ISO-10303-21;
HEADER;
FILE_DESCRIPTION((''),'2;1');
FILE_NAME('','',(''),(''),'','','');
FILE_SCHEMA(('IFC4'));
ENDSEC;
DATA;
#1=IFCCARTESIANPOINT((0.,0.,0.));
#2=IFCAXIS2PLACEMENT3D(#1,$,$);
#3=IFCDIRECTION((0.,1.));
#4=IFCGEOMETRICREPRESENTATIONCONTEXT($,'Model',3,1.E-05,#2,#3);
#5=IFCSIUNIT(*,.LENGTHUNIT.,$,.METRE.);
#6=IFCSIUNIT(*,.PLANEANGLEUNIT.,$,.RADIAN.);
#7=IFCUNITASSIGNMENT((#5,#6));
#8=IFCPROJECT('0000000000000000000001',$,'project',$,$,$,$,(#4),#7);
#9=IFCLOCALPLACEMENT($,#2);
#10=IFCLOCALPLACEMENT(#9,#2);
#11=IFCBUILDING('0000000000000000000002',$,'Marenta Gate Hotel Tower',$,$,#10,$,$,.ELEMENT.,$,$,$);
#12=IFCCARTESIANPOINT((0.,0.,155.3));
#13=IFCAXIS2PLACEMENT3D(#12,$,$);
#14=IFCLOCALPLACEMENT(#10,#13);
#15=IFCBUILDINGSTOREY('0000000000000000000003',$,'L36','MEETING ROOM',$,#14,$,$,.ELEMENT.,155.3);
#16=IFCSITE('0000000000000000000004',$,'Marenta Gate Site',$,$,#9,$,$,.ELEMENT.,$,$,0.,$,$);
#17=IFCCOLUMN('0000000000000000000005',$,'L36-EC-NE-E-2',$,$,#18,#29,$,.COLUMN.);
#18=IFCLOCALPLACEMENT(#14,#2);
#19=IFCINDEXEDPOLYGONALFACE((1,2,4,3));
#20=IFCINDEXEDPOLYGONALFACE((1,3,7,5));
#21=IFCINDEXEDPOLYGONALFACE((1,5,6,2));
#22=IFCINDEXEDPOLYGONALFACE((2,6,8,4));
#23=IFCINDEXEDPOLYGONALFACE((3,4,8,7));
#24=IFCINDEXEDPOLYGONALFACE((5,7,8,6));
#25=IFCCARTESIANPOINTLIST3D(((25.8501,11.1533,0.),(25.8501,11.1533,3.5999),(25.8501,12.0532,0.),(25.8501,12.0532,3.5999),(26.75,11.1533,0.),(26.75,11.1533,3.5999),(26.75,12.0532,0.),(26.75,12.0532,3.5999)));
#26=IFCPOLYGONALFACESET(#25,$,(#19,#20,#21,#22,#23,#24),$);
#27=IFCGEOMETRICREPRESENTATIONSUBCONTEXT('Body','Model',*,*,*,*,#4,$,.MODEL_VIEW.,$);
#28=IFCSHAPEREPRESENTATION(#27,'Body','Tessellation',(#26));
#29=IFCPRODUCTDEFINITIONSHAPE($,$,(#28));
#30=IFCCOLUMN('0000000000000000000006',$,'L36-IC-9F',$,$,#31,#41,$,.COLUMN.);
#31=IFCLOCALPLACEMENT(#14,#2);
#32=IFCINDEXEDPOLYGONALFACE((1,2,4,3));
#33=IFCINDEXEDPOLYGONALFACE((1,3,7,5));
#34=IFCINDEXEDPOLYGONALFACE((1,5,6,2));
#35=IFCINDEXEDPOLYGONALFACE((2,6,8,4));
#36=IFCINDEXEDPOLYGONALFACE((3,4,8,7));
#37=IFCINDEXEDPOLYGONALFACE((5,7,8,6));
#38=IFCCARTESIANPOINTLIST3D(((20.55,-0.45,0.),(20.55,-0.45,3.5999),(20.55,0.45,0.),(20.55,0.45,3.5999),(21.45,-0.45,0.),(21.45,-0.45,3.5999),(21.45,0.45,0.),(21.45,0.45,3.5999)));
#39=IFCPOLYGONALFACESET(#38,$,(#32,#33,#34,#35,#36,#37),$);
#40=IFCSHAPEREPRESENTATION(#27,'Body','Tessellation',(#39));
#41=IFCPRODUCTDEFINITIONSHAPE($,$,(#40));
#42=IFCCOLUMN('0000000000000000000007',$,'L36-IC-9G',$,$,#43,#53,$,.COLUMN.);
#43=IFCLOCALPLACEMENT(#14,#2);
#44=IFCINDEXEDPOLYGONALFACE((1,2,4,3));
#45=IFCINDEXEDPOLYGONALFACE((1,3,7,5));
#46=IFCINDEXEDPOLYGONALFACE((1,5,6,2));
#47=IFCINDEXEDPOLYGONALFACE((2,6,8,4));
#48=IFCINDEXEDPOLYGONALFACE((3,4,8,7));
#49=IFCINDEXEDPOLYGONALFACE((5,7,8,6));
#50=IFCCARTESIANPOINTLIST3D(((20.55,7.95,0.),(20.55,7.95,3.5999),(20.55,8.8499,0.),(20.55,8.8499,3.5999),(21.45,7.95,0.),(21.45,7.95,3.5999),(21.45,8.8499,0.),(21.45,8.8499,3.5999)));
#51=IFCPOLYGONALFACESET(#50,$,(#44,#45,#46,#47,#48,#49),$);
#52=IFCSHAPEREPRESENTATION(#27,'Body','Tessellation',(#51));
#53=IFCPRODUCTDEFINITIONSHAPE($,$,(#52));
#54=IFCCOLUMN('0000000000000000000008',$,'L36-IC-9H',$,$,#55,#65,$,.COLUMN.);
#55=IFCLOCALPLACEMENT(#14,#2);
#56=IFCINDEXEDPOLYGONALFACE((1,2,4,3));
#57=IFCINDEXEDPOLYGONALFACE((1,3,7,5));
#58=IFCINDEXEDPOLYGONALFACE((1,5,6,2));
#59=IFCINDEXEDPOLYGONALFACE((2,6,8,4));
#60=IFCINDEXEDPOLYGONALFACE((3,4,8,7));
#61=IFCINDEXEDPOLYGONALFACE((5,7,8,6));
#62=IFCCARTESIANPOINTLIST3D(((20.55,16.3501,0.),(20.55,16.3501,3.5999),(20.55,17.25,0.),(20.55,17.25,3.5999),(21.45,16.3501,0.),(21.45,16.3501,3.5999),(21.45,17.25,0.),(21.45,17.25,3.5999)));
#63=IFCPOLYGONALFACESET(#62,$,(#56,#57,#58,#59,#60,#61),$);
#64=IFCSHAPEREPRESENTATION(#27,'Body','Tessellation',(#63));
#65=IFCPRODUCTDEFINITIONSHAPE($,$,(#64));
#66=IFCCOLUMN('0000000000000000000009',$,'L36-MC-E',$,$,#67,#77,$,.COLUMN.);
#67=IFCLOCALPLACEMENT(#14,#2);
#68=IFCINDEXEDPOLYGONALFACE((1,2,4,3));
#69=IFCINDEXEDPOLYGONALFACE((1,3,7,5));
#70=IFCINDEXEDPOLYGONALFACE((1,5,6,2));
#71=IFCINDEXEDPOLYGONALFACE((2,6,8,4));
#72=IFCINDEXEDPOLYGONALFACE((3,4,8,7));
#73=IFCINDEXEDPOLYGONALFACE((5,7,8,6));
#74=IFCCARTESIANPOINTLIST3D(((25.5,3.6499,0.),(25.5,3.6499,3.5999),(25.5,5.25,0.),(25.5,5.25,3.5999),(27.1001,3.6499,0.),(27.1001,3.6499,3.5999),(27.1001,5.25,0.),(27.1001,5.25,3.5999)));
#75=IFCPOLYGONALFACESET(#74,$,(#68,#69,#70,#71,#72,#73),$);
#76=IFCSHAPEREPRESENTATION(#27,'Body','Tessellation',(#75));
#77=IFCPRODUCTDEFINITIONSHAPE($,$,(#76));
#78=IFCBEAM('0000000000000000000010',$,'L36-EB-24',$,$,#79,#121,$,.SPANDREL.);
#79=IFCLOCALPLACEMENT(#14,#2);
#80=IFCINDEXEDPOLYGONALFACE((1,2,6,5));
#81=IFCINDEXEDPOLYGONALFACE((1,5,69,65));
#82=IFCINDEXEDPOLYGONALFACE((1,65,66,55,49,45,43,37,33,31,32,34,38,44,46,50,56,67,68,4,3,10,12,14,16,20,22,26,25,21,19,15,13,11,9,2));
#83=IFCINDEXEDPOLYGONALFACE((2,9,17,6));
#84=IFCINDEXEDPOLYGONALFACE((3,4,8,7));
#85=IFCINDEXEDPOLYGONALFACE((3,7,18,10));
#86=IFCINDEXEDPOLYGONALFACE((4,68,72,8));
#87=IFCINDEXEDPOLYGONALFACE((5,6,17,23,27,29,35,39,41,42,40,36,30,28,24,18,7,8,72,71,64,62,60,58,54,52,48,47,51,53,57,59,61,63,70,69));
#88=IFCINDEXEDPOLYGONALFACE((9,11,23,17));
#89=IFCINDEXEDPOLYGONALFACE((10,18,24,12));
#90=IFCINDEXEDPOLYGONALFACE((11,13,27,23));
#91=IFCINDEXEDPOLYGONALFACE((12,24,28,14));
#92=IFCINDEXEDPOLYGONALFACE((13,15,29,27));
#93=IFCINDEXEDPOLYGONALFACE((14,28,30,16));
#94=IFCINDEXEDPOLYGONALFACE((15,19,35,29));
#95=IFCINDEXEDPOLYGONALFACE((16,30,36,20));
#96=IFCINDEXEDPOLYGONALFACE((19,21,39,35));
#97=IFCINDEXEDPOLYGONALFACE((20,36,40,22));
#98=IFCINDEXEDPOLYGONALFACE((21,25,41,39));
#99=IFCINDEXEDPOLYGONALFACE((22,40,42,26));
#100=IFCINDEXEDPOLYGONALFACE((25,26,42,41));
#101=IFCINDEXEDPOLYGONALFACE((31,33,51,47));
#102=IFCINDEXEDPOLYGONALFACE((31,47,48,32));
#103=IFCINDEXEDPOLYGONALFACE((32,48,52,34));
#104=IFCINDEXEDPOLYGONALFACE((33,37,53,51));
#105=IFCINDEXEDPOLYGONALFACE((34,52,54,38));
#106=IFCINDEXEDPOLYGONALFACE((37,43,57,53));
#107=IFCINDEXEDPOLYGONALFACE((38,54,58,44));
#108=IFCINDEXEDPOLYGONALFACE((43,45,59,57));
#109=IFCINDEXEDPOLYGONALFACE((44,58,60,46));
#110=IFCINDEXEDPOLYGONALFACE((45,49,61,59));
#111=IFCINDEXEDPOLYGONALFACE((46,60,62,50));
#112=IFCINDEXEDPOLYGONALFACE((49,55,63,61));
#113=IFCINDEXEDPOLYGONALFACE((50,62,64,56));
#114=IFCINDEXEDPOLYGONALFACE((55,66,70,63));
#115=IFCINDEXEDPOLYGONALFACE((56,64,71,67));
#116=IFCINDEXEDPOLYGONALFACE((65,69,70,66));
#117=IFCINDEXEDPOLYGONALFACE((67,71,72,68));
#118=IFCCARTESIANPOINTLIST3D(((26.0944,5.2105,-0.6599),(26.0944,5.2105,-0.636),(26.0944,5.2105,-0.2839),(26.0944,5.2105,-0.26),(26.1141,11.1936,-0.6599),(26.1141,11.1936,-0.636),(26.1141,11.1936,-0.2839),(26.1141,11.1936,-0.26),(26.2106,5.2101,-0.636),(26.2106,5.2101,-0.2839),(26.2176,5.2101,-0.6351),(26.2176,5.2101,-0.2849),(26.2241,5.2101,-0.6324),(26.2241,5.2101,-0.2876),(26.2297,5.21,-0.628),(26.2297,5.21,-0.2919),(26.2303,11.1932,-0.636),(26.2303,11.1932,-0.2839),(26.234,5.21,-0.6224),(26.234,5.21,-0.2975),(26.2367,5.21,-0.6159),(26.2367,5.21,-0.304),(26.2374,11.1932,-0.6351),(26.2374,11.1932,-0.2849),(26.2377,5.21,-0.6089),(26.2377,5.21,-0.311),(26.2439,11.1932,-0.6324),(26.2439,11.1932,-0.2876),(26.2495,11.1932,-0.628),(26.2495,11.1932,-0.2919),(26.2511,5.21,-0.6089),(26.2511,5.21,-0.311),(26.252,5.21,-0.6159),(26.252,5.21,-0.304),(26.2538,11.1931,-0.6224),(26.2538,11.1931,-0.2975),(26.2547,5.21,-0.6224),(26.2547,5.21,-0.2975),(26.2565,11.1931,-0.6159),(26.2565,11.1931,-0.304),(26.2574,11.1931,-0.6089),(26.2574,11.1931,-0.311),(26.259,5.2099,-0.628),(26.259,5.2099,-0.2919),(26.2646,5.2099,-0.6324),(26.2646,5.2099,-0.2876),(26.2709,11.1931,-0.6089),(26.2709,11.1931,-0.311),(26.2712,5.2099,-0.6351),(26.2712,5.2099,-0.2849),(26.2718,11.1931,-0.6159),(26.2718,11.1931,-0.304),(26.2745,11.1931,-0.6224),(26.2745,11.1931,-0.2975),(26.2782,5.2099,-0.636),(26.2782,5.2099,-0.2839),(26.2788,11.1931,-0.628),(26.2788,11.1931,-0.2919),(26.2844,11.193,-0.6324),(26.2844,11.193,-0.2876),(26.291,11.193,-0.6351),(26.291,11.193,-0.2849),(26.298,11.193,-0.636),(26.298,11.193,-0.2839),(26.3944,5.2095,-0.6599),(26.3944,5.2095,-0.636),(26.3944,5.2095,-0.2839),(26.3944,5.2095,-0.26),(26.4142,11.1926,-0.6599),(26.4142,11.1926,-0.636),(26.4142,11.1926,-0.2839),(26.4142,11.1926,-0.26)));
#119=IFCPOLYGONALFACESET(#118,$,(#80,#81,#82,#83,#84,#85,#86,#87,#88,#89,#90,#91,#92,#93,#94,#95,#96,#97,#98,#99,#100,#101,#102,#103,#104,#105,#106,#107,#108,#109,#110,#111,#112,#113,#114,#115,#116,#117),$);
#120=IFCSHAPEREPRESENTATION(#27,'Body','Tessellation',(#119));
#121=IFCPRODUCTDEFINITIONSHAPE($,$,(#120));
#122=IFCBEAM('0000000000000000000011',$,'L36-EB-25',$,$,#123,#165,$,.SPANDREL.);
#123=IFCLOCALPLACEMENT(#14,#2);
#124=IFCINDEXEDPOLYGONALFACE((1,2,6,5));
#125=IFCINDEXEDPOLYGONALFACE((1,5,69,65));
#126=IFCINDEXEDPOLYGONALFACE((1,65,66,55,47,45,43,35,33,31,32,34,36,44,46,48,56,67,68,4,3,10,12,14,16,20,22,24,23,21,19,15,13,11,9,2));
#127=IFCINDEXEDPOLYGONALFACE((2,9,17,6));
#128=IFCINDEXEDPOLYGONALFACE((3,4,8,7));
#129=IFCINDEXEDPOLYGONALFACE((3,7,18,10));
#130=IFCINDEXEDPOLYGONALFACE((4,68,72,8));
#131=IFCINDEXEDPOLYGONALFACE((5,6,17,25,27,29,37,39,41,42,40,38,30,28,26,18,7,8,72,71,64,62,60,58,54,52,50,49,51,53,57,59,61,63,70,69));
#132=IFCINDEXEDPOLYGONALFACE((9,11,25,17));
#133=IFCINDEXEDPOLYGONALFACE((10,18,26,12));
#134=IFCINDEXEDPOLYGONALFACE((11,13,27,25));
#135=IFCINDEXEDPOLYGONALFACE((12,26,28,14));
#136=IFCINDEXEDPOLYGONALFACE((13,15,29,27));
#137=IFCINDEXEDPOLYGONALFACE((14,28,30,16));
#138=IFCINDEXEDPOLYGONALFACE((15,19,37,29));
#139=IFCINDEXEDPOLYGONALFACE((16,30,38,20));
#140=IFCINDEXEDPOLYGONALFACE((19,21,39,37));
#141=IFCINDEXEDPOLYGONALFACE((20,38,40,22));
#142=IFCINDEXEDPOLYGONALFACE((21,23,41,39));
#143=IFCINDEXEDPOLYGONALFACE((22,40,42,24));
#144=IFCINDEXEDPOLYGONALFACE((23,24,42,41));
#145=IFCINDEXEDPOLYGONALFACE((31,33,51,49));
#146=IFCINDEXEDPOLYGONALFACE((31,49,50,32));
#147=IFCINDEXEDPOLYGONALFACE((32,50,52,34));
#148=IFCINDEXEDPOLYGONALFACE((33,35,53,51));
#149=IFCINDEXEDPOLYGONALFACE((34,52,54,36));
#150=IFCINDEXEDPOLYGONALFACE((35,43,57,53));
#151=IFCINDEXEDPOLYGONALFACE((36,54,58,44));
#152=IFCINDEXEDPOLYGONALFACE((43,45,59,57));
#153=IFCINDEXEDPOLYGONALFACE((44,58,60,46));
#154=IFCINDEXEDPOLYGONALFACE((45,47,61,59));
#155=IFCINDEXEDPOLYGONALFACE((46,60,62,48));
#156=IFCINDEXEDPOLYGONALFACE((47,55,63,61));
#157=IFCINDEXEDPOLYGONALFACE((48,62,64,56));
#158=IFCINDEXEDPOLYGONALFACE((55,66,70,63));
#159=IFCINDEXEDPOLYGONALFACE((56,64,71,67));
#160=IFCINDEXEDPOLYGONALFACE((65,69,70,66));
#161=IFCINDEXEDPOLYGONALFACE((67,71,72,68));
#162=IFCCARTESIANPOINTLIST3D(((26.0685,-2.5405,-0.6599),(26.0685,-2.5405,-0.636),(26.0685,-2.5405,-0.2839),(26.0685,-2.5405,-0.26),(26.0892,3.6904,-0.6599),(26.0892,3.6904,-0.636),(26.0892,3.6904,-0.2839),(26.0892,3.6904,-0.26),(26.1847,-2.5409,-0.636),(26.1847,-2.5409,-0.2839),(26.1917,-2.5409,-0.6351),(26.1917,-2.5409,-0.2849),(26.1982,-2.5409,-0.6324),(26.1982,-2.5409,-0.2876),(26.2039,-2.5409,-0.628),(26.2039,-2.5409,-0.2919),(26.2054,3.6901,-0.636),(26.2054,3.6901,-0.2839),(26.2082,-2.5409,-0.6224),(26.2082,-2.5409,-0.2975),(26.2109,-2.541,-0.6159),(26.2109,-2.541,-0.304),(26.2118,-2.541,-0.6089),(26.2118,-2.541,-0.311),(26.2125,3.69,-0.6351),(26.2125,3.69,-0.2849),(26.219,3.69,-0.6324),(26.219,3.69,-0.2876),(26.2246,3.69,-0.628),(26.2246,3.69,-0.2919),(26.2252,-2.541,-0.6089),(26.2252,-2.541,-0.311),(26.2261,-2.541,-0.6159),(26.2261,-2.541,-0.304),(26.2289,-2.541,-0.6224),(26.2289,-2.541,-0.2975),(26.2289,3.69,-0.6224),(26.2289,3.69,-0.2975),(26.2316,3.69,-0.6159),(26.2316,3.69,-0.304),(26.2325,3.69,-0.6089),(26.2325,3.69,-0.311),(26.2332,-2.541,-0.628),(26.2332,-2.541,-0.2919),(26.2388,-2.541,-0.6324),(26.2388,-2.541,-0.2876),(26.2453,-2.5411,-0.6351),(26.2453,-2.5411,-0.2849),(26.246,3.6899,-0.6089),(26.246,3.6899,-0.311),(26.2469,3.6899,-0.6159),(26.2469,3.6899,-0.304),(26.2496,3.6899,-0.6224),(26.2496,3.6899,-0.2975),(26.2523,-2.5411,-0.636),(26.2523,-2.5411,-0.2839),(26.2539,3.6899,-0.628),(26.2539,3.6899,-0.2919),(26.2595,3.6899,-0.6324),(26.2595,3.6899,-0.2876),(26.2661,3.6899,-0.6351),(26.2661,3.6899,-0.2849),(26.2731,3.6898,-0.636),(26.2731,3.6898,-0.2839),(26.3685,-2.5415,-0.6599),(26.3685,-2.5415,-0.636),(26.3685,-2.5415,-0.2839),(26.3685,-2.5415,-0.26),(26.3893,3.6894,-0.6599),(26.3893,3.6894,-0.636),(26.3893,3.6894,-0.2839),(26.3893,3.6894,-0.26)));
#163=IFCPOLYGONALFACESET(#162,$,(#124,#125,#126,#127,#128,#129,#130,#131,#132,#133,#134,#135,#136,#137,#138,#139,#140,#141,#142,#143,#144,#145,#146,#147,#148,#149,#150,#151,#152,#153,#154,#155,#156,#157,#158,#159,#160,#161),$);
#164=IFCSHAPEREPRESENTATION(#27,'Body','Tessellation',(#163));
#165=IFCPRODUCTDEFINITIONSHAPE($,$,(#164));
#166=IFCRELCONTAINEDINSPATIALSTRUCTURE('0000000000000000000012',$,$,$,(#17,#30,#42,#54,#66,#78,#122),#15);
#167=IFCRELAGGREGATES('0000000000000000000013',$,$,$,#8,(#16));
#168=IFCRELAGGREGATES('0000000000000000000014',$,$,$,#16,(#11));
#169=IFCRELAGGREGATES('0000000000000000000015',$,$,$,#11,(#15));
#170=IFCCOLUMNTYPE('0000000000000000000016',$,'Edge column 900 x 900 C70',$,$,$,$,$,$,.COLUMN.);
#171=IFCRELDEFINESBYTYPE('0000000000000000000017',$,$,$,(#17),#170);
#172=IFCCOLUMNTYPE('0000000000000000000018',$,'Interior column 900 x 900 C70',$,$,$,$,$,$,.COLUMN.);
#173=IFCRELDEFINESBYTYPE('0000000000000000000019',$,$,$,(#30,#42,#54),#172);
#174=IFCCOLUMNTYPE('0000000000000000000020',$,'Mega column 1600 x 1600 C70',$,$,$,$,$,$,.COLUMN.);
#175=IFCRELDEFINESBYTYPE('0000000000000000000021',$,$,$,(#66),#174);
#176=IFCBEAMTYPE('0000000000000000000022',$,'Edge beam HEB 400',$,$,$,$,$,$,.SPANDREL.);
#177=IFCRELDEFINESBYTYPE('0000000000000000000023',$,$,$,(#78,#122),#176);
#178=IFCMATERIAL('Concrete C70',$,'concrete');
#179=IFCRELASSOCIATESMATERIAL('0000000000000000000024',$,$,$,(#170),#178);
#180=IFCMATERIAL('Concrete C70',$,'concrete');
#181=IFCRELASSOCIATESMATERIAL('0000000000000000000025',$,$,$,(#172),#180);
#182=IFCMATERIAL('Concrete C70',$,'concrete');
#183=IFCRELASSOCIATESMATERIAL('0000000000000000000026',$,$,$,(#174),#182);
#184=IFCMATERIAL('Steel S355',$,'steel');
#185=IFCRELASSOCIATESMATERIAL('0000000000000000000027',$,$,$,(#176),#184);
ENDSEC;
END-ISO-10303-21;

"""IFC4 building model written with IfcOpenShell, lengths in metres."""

from ifc_helpers import new_model, si_unit, direction, frame, origin, origin_2d, place, context, subcontext, project, spatial, rectangle, i_section, extrude, material, material_profile, profile_set, type_object, element, save


model = new_model("IFC4")

# Units and contexts
model_context = context("Model", 3, precision=1e-05, world=origin(), true_north=direction((0.0, 1.0)))
body_context = subcontext(model_context, "Body", "Model", "MODEL_VIEW")
ifc_project = project(units=[si_unit("LENGTHUNIT", "METRE"), si_unit("PLANEANGLEUNIT", "RADIAN")], contexts=[model_context])

# Site, building, storey
site_placement = place(None, origin())
site = spatial("IfcSite", under=ifc_project, at=site_placement, Name="Marenta Gate Site", CompositionType="ELEMENT", RefElevation=0.0)
building_placement = place(site_placement, origin())
building = spatial("IfcBuilding", under=site, at=building_placement, Name="Marenta Gate Hotel Tower", CompositionType="ELEMENT")
storey_placement = place(building_placement, frame((0.0, 0.0, 155.3)))
storey = spatial("IfcBuildingStorey", under=building, at=storey_placement, Name="L36", Description="MEETING ROOM", CompositionType="ELEMENT", Elevation=155.3)

# Columns
ifc_material_1 = material(Name="Concrete C70", Category="concrete")
ifc_material_profile_1 = material_profile(ifc_material_1, rectangle(XDim=0.8999, YDim=0.8999, at=origin_2d()), Name="900 x 900")
ifc_profile_set_1 = profile_set([ifc_material_profile_1], Name="Concrete C70")
column_type_1 = type_object("IfcColumnType", Name="Edge column 900 x 900 C70", PredefinedType="COLUMN", material=ifc_profile_set_1)
column_1_placement = place(storey_placement, frame((26.3, 11.6033, 0.0), z_axis=(0.0, 0.0, 1.0), x_axis=(1.0, 0.0, 0.0)))
element("IfcColumn", 1, at=column_1_placement, inside=storey, type_object=column_type_1, Name="L36-EC-NE-E-2", PredefinedType="COLUMN", context=body_context, shape_type="SweptSolid", body=[
    extrude(rectangle(XDim=0.8999, YDim=0.8999, at=origin_2d()), origin(), (0.0, 0.0, 1.0), 3.5999),
])
ifc_material_2 = material(Name="Concrete C70", Category="concrete")
ifc_material_profile_2 = material_profile(ifc_material_2, rectangle(XDim=0.8999, YDim=0.8999, at=origin_2d()), Name="900 x 900")
ifc_profile_set_2 = profile_set([ifc_material_profile_2], Name="Concrete C70")
column_type_2 = type_object("IfcColumnType", Name="Interior column 900 x 900 C70", PredefinedType="COLUMN", material=ifc_profile_set_2)
for number, where, z_axis, x_axis, name in (
    (2, (21.0, 0.0, 0.0), (0.0, 0.0, 1.0), (1.0, 0.0, 0.0), "L36-IC-9F"),
    (3, (21.0, 8.3999, 0.0), (0.0, 0.0, 1.0), (1.0, 0.0, 0.0), "L36-IC-9G"),
    (4, (21.0, 16.8, 0.0), (0.0, 0.0, 1.0), (1.0, 0.0, 0.0), "L36-IC-9H"),
):
    element("IfcColumn", number, at=place(storey_placement, frame(where, z_axis=z_axis, x_axis=x_axis)), inside=storey, type_object=column_type_2, Name=name, PredefinedType="COLUMN", context=body_context, shape_type="SweptSolid", body=[
        extrude(rectangle(XDim=0.8999, YDim=0.8999, at=origin_2d()), origin(), (0.0, 0.0, 1.0), 3.5999),
    ])
ifc_material_3 = material(Name="Concrete C70", Category="concrete")
ifc_material_profile_3 = material_profile(ifc_material_3, rectangle(XDim=1.6001, YDim=1.6001, at=origin_2d()), Name="1600 x 1600")
ifc_profile_set_3 = profile_set([ifc_material_profile_3], Name="Concrete C70")
column_type_3 = type_object("IfcColumnType", Name="Mega column 1600 x 1600 C70", PredefinedType="COLUMN", material=ifc_profile_set_3)
column_2_placement = place(storey_placement, frame((26.3, 4.45, 0.0), z_axis=(0.0, 0.0, 1.0), x_axis=(1.0, 0.0, 0.0)))
element("IfcColumn", 5, at=column_2_placement, inside=storey, type_object=column_type_3, Name="L36-MC-E", PredefinedType="COLUMN", context=body_context, shape_type="SweptSolid", body=[
    extrude(rectangle(XDim=1.6001, YDim=1.6001, at=origin_2d()), origin(), (0.0, 0.0, 1.0), 3.5999),
])

# Beams
ifc_material_4 = material(Name="Steel S355", Category="steel")
ifc_material_profile_4 = material_profile(ifc_material_4, i_section(OverallWidth=0.3, OverallDepth=0.3999, WebThickness=0.0134, FlangeThickness=0.0239, FilletRadius=0.0271, at=origin_2d()), Name="HEB 400")
ifc_profile_set_4 = profile_set([ifc_material_profile_4], Name="Steel S355")
beam_type_1 = type_object("IfcBeamType", Name="Edge beam HEB 400", PredefinedType="SPANDREL", material=ifc_profile_set_4)
beam_1_placement = place(storey_placement, frame((26.2642, 11.1931, -0.46), z_axis=(-0.003305, -0.999995, 0.0), x_axis=(0.999995, -0.003305, 0.0)))
element("IfcBeam", 6, at=beam_1_placement, inside=storey, type_object=beam_type_1, Name="L36-EB-24", PredefinedType="SPANDREL", context=body_context, shape_type="SweptSolid", body=[
    extrude(i_section(OverallWidth=0.3, OverallDepth=0.3999, WebThickness=0.0134, FlangeThickness=0.0239, FilletRadius=0.0271, at=origin_2d()), origin(), (0.0, 0.0, 1.0), 5.9832),
])
beam_2_placement = place(storey_placement, frame((26.2393, 3.6899, -0.46), z_axis=(-0.00333, -0.999994, 0.0), x_axis=(0.999994, -0.00333, 0.0)))
element("IfcBeam", 7, at=beam_2_placement, inside=storey, type_object=beam_type_1, Name="L36-EB-25", PredefinedType="SPANDREL", context=body_context, shape_type="SweptSolid", body=[
    extrude(i_section(OverallWidth=0.3, OverallDepth=0.3999, WebThickness=0.0134, FlangeThickness=0.0239, FilletRadius=0.0271, at=origin_2d()), origin(), (0.0, 0.0, 1.0), 6.231),
])

save(model, "model.ifc")
